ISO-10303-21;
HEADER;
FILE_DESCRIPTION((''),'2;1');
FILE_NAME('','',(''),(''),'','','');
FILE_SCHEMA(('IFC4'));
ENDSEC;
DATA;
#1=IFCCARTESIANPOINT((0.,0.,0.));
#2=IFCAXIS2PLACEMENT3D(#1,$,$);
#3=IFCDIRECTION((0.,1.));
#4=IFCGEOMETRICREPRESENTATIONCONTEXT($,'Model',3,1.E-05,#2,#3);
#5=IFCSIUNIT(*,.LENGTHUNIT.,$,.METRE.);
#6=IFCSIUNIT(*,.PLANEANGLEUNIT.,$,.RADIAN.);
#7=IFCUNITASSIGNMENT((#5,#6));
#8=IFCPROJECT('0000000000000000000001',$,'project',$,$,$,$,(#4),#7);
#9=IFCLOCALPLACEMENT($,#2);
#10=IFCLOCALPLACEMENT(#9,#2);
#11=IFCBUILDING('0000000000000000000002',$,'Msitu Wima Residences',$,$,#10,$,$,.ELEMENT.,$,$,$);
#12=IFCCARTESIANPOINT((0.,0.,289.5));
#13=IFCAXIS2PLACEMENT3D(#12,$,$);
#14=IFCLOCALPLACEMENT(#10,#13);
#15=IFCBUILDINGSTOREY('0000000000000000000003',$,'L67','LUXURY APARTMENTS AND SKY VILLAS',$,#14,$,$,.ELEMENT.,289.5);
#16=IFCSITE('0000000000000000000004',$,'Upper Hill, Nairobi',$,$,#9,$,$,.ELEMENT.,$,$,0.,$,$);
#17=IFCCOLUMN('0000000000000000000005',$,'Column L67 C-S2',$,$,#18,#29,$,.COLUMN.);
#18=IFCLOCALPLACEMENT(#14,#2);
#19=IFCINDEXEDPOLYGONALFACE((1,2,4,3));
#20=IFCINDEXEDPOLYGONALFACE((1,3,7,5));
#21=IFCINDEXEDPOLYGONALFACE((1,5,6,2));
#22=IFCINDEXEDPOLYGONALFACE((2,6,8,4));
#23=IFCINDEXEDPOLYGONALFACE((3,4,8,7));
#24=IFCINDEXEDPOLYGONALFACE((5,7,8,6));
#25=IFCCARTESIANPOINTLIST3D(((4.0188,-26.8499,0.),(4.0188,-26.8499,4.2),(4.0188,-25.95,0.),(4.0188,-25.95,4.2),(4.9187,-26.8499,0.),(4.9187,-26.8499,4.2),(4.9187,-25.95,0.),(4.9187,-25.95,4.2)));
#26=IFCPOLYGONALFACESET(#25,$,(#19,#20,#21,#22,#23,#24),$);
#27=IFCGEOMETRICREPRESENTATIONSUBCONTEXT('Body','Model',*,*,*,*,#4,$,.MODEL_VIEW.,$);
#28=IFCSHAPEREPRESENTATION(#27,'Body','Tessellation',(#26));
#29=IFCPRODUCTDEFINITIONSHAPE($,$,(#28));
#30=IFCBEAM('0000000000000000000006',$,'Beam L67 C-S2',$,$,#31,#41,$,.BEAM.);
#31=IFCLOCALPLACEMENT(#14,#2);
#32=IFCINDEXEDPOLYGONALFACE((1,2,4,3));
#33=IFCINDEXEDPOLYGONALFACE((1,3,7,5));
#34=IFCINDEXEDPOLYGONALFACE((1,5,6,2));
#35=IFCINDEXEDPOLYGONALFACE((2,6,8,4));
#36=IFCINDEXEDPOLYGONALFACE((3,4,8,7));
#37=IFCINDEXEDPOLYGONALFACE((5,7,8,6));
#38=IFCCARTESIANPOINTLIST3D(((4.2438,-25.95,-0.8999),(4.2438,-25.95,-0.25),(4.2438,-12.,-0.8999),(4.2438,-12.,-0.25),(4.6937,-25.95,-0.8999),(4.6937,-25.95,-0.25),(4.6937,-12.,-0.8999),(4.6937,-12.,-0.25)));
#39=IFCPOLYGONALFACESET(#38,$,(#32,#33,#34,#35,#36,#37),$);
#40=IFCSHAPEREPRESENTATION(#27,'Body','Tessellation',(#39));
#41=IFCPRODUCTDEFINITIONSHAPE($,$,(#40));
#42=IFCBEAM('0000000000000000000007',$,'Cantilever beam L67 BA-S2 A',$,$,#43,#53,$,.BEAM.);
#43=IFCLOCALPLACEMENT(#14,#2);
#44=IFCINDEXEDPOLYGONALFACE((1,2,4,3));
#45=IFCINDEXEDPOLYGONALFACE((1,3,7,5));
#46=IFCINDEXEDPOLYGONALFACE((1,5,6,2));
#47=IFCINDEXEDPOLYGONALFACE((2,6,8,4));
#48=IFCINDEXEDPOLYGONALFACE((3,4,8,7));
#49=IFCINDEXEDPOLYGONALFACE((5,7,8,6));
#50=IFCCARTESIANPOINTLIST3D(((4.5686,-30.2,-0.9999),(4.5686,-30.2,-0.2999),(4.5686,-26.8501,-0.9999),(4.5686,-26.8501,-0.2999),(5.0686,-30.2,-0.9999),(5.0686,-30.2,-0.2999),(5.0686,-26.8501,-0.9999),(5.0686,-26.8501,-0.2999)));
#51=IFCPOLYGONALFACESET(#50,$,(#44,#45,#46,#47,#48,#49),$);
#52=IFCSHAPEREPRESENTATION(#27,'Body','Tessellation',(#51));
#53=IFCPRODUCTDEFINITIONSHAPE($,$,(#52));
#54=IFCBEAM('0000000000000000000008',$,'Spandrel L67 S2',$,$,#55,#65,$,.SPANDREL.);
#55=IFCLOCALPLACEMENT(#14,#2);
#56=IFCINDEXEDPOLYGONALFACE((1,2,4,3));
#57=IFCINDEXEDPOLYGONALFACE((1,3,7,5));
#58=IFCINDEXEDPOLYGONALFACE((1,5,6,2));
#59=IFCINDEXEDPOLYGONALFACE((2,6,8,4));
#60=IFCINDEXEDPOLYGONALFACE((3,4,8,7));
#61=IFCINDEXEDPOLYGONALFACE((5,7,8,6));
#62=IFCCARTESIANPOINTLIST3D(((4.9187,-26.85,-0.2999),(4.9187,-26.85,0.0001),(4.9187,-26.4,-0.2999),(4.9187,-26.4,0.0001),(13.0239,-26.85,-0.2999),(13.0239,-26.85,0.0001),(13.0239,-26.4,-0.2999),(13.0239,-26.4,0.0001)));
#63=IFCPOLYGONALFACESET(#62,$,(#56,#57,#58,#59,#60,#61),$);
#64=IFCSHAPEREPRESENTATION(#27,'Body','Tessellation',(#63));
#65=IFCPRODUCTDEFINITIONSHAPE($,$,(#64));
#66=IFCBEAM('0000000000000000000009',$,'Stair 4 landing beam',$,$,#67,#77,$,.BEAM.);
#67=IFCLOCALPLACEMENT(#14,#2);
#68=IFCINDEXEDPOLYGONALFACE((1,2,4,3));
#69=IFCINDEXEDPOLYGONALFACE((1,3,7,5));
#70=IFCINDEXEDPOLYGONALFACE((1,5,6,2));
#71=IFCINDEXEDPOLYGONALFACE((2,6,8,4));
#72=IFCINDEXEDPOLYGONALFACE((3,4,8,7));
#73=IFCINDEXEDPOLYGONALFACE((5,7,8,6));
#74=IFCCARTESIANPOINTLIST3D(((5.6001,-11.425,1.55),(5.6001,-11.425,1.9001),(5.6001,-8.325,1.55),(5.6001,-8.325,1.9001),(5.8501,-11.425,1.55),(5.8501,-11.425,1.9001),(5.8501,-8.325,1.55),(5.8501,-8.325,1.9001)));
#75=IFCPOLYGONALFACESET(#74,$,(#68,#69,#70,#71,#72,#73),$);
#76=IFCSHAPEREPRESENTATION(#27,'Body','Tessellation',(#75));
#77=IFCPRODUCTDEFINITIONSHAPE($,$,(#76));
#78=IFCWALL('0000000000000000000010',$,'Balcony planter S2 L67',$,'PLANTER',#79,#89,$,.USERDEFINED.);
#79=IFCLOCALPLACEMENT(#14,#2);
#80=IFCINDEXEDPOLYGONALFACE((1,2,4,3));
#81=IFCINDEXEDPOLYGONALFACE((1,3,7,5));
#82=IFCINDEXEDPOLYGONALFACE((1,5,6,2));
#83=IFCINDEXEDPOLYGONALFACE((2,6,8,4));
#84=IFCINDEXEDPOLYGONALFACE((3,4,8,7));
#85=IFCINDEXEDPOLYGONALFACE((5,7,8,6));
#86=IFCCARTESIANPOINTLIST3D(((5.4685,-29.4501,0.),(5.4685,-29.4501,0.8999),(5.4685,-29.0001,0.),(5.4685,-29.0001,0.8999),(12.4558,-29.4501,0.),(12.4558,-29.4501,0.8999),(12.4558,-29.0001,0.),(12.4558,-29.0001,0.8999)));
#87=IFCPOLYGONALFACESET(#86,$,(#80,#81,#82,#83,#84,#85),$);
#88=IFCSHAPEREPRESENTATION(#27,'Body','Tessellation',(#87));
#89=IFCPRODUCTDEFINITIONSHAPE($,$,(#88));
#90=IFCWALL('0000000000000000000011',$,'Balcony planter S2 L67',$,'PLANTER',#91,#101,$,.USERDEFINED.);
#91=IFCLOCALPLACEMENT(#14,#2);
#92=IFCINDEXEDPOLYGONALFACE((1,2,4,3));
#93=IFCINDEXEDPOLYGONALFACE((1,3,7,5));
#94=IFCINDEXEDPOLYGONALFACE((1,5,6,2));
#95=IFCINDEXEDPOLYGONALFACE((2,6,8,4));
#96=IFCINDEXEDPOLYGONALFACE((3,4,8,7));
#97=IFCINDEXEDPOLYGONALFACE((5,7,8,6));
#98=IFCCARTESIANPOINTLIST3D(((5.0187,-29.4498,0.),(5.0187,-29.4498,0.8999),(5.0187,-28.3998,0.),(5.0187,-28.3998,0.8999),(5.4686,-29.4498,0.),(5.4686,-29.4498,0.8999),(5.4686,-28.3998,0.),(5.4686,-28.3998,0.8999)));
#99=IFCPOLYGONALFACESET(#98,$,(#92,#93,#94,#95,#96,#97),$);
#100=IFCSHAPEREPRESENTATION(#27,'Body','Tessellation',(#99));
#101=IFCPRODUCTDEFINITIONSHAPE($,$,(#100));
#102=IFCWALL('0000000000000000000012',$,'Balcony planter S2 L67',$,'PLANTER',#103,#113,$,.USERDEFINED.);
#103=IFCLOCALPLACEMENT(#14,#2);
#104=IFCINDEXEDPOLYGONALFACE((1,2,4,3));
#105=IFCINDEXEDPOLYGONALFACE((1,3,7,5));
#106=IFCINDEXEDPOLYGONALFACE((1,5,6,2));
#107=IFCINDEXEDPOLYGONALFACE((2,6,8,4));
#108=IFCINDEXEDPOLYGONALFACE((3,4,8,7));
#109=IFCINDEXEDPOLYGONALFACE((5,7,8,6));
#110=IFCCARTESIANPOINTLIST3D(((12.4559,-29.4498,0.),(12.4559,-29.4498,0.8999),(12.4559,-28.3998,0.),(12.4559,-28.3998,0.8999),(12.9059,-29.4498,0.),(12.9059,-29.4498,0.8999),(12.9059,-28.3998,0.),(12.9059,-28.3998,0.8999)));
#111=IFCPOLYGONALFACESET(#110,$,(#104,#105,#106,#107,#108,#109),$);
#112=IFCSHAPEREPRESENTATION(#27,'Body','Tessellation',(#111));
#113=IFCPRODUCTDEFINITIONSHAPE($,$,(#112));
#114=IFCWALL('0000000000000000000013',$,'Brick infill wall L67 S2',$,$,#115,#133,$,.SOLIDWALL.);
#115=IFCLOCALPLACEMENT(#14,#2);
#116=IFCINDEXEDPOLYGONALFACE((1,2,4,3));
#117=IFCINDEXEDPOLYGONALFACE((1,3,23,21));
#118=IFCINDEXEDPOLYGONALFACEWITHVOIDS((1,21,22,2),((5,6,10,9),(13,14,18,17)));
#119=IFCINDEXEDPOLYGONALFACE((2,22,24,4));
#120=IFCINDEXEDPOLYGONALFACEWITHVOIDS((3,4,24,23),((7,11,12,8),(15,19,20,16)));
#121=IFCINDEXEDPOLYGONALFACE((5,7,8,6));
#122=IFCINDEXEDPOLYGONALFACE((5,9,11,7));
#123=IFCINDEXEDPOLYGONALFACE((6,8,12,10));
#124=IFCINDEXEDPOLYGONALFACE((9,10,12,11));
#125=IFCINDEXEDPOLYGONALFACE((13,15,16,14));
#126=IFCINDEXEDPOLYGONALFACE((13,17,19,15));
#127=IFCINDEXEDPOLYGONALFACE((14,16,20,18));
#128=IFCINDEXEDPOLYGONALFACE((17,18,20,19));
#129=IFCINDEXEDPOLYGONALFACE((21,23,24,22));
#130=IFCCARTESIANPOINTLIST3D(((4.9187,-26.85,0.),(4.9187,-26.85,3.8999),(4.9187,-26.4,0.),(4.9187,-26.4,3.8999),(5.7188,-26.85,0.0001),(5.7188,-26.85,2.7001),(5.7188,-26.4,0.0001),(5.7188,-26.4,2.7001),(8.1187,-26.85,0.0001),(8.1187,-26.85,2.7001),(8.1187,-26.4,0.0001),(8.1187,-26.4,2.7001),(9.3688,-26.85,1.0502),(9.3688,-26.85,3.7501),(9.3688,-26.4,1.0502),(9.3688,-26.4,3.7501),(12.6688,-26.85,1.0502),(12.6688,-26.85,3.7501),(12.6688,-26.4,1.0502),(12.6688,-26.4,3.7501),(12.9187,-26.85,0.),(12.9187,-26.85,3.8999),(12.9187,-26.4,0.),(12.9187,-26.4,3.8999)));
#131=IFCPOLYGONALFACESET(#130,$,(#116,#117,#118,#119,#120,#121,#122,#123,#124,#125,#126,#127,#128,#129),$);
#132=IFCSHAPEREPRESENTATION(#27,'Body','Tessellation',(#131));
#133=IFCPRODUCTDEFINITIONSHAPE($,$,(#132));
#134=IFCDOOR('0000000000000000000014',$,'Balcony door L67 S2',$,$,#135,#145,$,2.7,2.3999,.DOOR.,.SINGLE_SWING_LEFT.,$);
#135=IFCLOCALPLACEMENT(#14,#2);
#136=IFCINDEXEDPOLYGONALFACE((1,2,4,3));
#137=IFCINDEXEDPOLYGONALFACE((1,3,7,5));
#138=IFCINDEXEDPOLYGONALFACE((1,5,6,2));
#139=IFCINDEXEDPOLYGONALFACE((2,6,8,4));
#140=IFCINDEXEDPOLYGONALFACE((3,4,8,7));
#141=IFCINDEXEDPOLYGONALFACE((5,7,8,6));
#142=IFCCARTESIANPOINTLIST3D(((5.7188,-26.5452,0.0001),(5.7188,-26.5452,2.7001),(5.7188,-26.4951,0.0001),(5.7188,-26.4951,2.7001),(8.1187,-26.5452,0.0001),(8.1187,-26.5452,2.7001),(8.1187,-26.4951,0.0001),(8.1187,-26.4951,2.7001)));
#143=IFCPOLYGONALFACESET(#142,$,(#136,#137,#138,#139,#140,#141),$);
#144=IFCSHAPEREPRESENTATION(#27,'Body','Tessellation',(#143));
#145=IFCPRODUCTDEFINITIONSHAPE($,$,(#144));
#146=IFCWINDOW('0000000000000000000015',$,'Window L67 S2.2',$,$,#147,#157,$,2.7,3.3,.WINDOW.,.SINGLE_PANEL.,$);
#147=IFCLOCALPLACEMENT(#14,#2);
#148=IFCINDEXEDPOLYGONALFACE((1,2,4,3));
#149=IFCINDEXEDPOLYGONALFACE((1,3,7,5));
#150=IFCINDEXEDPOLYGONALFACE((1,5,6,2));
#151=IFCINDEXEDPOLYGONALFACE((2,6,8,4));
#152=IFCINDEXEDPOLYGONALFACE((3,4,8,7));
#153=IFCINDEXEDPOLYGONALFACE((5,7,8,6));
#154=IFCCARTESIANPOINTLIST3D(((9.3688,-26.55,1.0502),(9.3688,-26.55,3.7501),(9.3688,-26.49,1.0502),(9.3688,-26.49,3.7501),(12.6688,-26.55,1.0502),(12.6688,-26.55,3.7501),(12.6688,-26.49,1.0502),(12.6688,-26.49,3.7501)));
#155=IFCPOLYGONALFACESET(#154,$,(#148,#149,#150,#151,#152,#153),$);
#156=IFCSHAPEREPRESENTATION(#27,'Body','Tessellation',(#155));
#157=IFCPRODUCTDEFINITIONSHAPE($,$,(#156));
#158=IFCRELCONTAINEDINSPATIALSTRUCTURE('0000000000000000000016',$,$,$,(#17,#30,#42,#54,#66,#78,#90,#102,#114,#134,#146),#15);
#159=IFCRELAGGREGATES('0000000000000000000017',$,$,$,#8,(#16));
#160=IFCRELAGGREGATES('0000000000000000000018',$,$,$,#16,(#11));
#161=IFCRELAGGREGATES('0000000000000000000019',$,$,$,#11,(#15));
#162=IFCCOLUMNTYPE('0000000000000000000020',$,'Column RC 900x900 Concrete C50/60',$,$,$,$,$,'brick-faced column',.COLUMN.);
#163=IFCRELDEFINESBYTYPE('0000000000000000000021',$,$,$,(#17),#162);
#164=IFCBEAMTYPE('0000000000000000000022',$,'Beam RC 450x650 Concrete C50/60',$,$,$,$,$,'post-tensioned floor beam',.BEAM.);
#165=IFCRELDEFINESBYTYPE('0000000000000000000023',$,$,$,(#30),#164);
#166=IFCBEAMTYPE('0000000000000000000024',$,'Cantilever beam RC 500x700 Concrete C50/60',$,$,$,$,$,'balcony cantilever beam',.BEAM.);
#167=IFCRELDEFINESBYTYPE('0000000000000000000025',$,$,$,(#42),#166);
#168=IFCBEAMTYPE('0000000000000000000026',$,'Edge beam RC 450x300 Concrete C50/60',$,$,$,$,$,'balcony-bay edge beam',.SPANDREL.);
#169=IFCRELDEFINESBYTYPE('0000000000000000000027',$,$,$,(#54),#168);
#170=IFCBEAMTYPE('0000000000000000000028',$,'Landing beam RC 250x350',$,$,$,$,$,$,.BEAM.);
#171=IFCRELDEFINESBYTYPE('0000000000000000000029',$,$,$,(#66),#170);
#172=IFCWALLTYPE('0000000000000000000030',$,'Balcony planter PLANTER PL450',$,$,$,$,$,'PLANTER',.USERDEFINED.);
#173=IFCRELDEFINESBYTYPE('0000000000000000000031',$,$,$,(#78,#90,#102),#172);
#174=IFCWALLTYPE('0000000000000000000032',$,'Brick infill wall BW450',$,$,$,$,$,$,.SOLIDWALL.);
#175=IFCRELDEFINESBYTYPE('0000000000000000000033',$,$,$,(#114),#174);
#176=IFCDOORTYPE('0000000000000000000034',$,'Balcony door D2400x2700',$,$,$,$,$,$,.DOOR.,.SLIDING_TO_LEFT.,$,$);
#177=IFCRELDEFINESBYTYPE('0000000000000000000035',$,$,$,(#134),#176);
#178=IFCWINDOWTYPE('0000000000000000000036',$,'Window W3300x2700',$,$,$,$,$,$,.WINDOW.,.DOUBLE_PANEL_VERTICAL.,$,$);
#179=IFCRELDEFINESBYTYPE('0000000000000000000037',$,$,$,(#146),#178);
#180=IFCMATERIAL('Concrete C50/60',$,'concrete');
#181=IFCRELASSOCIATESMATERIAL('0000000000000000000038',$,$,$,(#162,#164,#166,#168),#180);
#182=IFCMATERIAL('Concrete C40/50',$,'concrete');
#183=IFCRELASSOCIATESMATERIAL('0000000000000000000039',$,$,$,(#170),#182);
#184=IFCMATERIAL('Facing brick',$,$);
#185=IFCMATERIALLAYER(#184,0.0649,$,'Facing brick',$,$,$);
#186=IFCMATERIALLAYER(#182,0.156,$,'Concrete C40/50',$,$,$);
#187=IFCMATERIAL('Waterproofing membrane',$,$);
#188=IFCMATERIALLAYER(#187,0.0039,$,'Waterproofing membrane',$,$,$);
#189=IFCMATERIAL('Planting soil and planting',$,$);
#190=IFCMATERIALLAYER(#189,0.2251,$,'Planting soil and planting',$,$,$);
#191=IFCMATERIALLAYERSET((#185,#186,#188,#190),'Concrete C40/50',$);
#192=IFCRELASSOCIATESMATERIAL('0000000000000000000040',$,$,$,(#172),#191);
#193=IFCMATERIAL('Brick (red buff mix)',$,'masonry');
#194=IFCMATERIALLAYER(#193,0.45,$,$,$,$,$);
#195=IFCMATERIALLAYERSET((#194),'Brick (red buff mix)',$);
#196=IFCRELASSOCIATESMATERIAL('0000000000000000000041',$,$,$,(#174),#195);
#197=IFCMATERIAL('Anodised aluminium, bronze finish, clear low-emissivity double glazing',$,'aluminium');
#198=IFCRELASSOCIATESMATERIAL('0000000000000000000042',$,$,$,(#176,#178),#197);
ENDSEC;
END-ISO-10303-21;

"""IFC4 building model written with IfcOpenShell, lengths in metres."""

from ifc_helpers import new_model, si_unit, direction, frame, frame_2d, origin, origin_2d, place, context, subcontext, project, spatial, rectangle, extrude, material, layer, layer_set, material_profile, profile_set, type_object, element, fill, save


model = new_model("IFC4")

# Units and contexts
model_context = context("Model", 3, precision=1e-05, world=origin(), true_north=direction((0.0, 1.0)))
body_context = subcontext(model_context, "Body", "Model", "MODEL_VIEW")
ifc_project = project(units=[si_unit("LENGTHUNIT", "METRE"), si_unit("PLANEANGLEUNIT", "RADIAN")], contexts=[model_context])

# Site, building, storey
site_placement = place(None, origin())
site = spatial("IfcSite", under=ifc_project, at=site_placement, Name="Upper Hill, Nairobi", CompositionType="ELEMENT", RefElevation=0.0)
building_placement = place(site_placement, origin())
building = spatial("IfcBuilding", under=site, at=building_placement, Name="Msitu Wima Residences", CompositionType="ELEMENT")
storey_placement = place(building_placement, frame((0.0, 0.0, 289.5)))
storey = spatial("IfcBuildingStorey", under=building, at=storey_placement, Name="L67", Description="LUXURY APARTMENTS AND SKY VILLAS", CompositionType="ELEMENT", Elevation=289.5)

# Column
ifc_material_1 = material(Name="Concrete C50/60", Category="concrete")
ifc_material_profile_1 = material_profile(ifc_material_1, rectangle(XDim=0.8999, YDim=0.8999, at=origin_2d()), Name="RC 900x900")
ifc_profile_set_1 = profile_set([ifc_material_profile_1], Name="Concrete C50/60")
column_type = type_object("IfcColumnType", Name="Column RC 900x900 Concrete C50/60", ElementType="brick-faced column", PredefinedType="COLUMN", material=ifc_profile_set_1)
column_placement = place(storey_placement, frame((4.4688, -26.3999, 0.0), z_axis=(0.0, 0.0, 1.0), x_axis=(1.0, 0.0, 0.0)))
element("IfcColumn", 1, at=column_placement, inside=storey, type_object=column_type, Name="Column L67 C-S2", PredefinedType="COLUMN", context=body_context, shape_type="SweptSolid", body=[
    extrude(rectangle(XDim=0.8999, YDim=0.8999, at=origin_2d()), origin(), (0.0, 0.0, 1.0), 4.2),
])

# Beams
ifc_material_profile_2 = material_profile(ifc_material_1, rectangle(XDim=0.45, YDim=0.6499, at=origin_2d()), Name="RC 450x650")
ifc_profile_set_2 = profile_set([ifc_material_profile_2], Name="Concrete C50/60")
beam_type_1 = type_object("IfcBeamType", Name="Beam RC 450x650 Concrete C50/60", ElementType="post-tensioned floor beam", PredefinedType="BEAM", material=ifc_profile_set_2)
beam_1_placement = place(storey_placement, frame((4.4688, -25.95, -0.575), z_axis=(0.0, 1.0, 0.0), x_axis=(-1.0, 0.0, 0.0)))
element("IfcBeam", 2, at=beam_1_placement, inside=storey, type_object=beam_type_1, Name="Beam L67 C-S2", PredefinedType="BEAM", context=body_context, shape_type="SweptSolid", body=[
    extrude(rectangle(XDim=0.45, YDim=0.6499, at=origin_2d()), origin(), (0.0, 0.0, 1.0), 13.95),
])
ifc_material_profile_3 = material_profile(ifc_material_1, rectangle(XDim=0.5, YDim=0.7, at=origin_2d()), Name="RC 500x700")
ifc_profile_set_3 = profile_set([ifc_material_profile_3], Name="Concrete C50/60")
beam_type_2 = type_object("IfcBeamType", Name="Cantilever beam RC 500x700 Concrete C50/60", ElementType="balcony cantilever beam", PredefinedType="BEAM", material=ifc_profile_set_3)
beam_2_placement = place(storey_placement, frame((4.8186, -26.8501, -0.6499), z_axis=(0.0, -1.0, 0.0), x_axis=(1.0, 0.0, 0.0)))
element("IfcBeam", 3, at=beam_2_placement, inside=storey, type_object=beam_type_2, Name="Cantilever beam L67 BA-S2 A", PredefinedType="BEAM", context=body_context, shape_type="SweptSolid", body=[
    extrude(rectangle(XDim=0.5, YDim=0.7, at=origin_2d()), origin(), (0.0, 0.0, 1.0), 3.3499),
])
ifc_material_profile_4 = material_profile(ifc_material_1, rectangle(XDim=0.45, YDim=0.3, at=origin_2d()), Name="RC 450x300")
ifc_profile_set_4 = profile_set([ifc_material_profile_4], Name="Concrete C50/60")
beam_type_3 = type_object("IfcBeamType", Name="Edge beam RC 450x300 Concrete C50/60", ElementType="balcony-bay edge beam", PredefinedType="SPANDREL", material=ifc_profile_set_4)
beam_3_placement = place(storey_placement, frame((4.9187, -26.625, -0.1499), z_axis=(1.0, 0.0, 0.0), x_axis=(0.0, 1.0, 0.0)))
element("IfcBeam", 4, at=beam_3_placement, inside=storey, type_object=beam_type_3, Name="Spandrel L67 S2", PredefinedType="SPANDREL", context=body_context, shape_type="SweptSolid", body=[
    extrude(rectangle(XDim=0.45, YDim=0.3, at=origin_2d()), origin(), (0.0, 0.0, 1.0), 8.1052),
])
ifc_material_2 = material(Name="Concrete C40/50", Category="concrete")
ifc_material_profile_5 = material_profile(ifc_material_2, rectangle(XDim=0.25, YDim=0.3501, at=origin_2d()), Name="RC 250x350")
ifc_profile_set_5 = profile_set([ifc_material_profile_5], Name="Concrete C40/50")
beam_type_4 = type_object("IfcBeamType", Name="Landing beam RC 250x350", PredefinedType="BEAM", material=ifc_profile_set_5)
beam_4_placement = place(storey_placement, frame((5.7251, -11.425, 1.7251), z_axis=(0.0, 1.0, 0.0), x_axis=(-1.0, 0.0, 0.0)))
element("IfcBeam", 5, at=beam_4_placement, inside=storey, type_object=beam_type_4, Name="Stair 4 landing beam", PredefinedType="BEAM", context=body_context, shape_type="SweptSolid", body=[
    extrude(rectangle(XDim=0.25, YDim=0.3501, at=origin_2d()), origin(), (0.0, 0.0, 1.0), 3.1001),
])

# Walls
ifc_material_3 = material(Name="Facing brick")
ifc_layer_1 = layer(ifc_material_3, 0.0649, Name="Facing brick")
ifc_layer_2 = layer(ifc_material_2, 0.156, Name="Concrete C40/50")
ifc_material_4 = material(Name="Waterproofing membrane")
ifc_layer_3 = layer(ifc_material_4, 0.0039, Name="Waterproofing membrane")
ifc_material_5 = material(Name="Planting soil and planting")
ifc_layer_4 = layer(ifc_material_5, 0.2251, Name="Planting soil and planting")
ifc_layer_set_1 = layer_set([ifc_layer_1, ifc_layer_2, ifc_layer_3, ifc_layer_4], Name="Concrete C40/50")
wall_type_1 = type_object("IfcWallType", Name="Balcony planter PLANTER PL450", ElementType="PLANTER", PredefinedType="USERDEFINED", material=ifc_layer_set_1)
wall_1_placement = place(storey_placement, frame((5.4685, -29.2251, 0.0), z_axis=(0.0, 0.0, 1.0), x_axis=(1.0, 0.0, 0.0)))
element("IfcWall", 6, at=wall_1_placement, inside=storey, type_object=wall_type_1, Name="Balcony planter S2 L67", ObjectType="PLANTER", PredefinedType="USERDEFINED", context=body_context, shape_type="SweptSolid", body=[
    extrude(rectangle(XDim=6.9873, YDim=0.45, at=frame_2d((3.4937, 0.0))), origin(), (0.0, 0.0, 1.0), 0.8999),
])
for number, where, z_axis, x_axis, name in (
    (7, (5.2437, -28.3999, 0.0), (0.0, 0.0, 1.0), (0.0, -1.0, 0.0), "Balcony planter S2 L67"),
    (8, (12.6809, -28.3999, 0.0), (0.0, 0.0, 1.0), (0.0, -1.0, 0.0), "Balcony planter S2 L67"),
):
    element("IfcWall", number, at=place(storey_placement, frame(where, z_axis=z_axis, x_axis=x_axis)), inside=storey, type_object=wall_type_1, Name=name, ObjectType="PLANTER", PredefinedType="USERDEFINED", context=body_context, shape_type="SweptSolid", body=[
        extrude(rectangle(XDim=1.05, YDim=0.45, at=frame_2d((0.5249, 0.0))), origin(), (0.0, 0.0, 1.0), 0.8999),
    ])

# Wall, openings, door, window
ifc_material_6 = material(Name="Brick (red buff mix)", Category="masonry")
ifc_layer_5 = layer(ifc_material_6, 0.45)
ifc_layer_set_2 = layer_set([ifc_layer_5], Name="Brick (red buff mix)")
wall_type_2 = type_object("IfcWallType", Name="Brick infill wall BW450", PredefinedType="SOLIDWALL", material=ifc_layer_set_2)
wall_2_placement = place(storey_placement, frame((4.9187, -26.625, 0.0), z_axis=(0.0, 0.0, 1.0), x_axis=(1.0, 0.0, 0.0)))
wall_2 = element("IfcWall", 9, at=wall_2_placement, inside=storey, type_object=wall_type_2, Name="Brick infill wall L67 S2", PredefinedType="SOLIDWALL", context=body_context, shape_type="SweptSolid", body=[
    extrude(rectangle(XDim=8.0, YDim=0.45, at=frame_2d((4.0, 0.0))), origin(), (0.0, 0.0, 1.0), 3.8999),
])
opening_1_placement = place(wall_2_placement, frame((0.8, 0.0, 0.0)))
opening_1 = element("IfcOpeningElement", 10, at=opening_1_placement, cuts=wall_2, PredefinedType="OPENING", context=body_context, shape_type="SweptSolid", body=[
    extrude(rectangle(XDim=2.3999, YDim=2.7, at=frame_2d((1.2, 1.3501))), frame((0.0, 0.2349, 0.0), z_axis=(0.0, -1.0, 0.0), x_axis=(1.0, 0.0, 0.0)), (0.0, 0.0, 1.0), 0.47),
])
opening_2_placement = place(wall_2_placement, frame((4.4502, 0.0, 1.05)))
opening_2 = element("IfcOpeningElement", 11, at=opening_2_placement, cuts=wall_2, PredefinedType="OPENING", context=body_context, shape_type="SweptSolid", body=[
    extrude(rectangle(XDim=3.3, YDim=2.7, at=frame_2d((1.6499, 1.3501))), frame((0.0, 0.2349, 0.0), z_axis=(0.0, -1.0, 0.0), x_axis=(1.0, 0.0, 0.0)), (0.0, 0.0, 1.0), 0.47),
])
ifc_material_7 = material(Name="Anodised aluminium, bronze finish, clear low-emissivity double glazing", Category="aluminium")
door_type_1 = type_object("IfcDoorType", Name="Balcony door D2400x2700", OperationType="SLIDING_TO_LEFT", PredefinedType="DOOR", material=ifc_material_7)
door_1_placement = place(opening_1_placement, origin())
door_1 = element("IfcDoor", 12, at=door_1_placement, inside=storey, type_object=door_type_1, Name="Balcony door L67 S2", OperationType="SINGLE_SWING_LEFT", OverallHeight=2.7, OverallWidth=2.3999, PredefinedType="DOOR", context=body_context, shape_type="SweptSolid", body=[
    extrude(rectangle(XDim=2.3999, YDim=2.7, at=frame_2d((1.2, 1.3501))), frame((0.0, 0.1299, 0.0), z_axis=(0.0, -1.0, 0.0), x_axis=(1.0, 0.0, 0.0)), (0.0, 0.0, 1.0), 0.05),
])
fill(opening_1, door_1)
window_type = type_object("IfcWindowType", Name="Window W3300x2700", PartitioningType="DOUBLE_PANEL_VERTICAL", PredefinedType="WINDOW", material=ifc_material_7)
window_placement = place(opening_2_placement, origin())
window = element("IfcWindow", 13, at=window_placement, inside=storey, type_object=window_type, Name="Window L67 S2.2", OverallHeight=2.7, OverallWidth=3.3, PartitioningType="SINGLE_PANEL", PredefinedType="WINDOW", context=body_context, shape_type="SweptSolid", body=[
    extrude(rectangle(XDim=3.3, YDim=2.7, at=frame_2d((1.6499, 1.3501))), frame((0.0, 0.135, 0.0), z_axis=(0.0, -1.0, 0.0), x_axis=(1.0, 0.0, 0.0)), (0.0, 0.0, 1.0), 0.0601),
])
fill(opening_2, window)

save(model, "model.ifc")
